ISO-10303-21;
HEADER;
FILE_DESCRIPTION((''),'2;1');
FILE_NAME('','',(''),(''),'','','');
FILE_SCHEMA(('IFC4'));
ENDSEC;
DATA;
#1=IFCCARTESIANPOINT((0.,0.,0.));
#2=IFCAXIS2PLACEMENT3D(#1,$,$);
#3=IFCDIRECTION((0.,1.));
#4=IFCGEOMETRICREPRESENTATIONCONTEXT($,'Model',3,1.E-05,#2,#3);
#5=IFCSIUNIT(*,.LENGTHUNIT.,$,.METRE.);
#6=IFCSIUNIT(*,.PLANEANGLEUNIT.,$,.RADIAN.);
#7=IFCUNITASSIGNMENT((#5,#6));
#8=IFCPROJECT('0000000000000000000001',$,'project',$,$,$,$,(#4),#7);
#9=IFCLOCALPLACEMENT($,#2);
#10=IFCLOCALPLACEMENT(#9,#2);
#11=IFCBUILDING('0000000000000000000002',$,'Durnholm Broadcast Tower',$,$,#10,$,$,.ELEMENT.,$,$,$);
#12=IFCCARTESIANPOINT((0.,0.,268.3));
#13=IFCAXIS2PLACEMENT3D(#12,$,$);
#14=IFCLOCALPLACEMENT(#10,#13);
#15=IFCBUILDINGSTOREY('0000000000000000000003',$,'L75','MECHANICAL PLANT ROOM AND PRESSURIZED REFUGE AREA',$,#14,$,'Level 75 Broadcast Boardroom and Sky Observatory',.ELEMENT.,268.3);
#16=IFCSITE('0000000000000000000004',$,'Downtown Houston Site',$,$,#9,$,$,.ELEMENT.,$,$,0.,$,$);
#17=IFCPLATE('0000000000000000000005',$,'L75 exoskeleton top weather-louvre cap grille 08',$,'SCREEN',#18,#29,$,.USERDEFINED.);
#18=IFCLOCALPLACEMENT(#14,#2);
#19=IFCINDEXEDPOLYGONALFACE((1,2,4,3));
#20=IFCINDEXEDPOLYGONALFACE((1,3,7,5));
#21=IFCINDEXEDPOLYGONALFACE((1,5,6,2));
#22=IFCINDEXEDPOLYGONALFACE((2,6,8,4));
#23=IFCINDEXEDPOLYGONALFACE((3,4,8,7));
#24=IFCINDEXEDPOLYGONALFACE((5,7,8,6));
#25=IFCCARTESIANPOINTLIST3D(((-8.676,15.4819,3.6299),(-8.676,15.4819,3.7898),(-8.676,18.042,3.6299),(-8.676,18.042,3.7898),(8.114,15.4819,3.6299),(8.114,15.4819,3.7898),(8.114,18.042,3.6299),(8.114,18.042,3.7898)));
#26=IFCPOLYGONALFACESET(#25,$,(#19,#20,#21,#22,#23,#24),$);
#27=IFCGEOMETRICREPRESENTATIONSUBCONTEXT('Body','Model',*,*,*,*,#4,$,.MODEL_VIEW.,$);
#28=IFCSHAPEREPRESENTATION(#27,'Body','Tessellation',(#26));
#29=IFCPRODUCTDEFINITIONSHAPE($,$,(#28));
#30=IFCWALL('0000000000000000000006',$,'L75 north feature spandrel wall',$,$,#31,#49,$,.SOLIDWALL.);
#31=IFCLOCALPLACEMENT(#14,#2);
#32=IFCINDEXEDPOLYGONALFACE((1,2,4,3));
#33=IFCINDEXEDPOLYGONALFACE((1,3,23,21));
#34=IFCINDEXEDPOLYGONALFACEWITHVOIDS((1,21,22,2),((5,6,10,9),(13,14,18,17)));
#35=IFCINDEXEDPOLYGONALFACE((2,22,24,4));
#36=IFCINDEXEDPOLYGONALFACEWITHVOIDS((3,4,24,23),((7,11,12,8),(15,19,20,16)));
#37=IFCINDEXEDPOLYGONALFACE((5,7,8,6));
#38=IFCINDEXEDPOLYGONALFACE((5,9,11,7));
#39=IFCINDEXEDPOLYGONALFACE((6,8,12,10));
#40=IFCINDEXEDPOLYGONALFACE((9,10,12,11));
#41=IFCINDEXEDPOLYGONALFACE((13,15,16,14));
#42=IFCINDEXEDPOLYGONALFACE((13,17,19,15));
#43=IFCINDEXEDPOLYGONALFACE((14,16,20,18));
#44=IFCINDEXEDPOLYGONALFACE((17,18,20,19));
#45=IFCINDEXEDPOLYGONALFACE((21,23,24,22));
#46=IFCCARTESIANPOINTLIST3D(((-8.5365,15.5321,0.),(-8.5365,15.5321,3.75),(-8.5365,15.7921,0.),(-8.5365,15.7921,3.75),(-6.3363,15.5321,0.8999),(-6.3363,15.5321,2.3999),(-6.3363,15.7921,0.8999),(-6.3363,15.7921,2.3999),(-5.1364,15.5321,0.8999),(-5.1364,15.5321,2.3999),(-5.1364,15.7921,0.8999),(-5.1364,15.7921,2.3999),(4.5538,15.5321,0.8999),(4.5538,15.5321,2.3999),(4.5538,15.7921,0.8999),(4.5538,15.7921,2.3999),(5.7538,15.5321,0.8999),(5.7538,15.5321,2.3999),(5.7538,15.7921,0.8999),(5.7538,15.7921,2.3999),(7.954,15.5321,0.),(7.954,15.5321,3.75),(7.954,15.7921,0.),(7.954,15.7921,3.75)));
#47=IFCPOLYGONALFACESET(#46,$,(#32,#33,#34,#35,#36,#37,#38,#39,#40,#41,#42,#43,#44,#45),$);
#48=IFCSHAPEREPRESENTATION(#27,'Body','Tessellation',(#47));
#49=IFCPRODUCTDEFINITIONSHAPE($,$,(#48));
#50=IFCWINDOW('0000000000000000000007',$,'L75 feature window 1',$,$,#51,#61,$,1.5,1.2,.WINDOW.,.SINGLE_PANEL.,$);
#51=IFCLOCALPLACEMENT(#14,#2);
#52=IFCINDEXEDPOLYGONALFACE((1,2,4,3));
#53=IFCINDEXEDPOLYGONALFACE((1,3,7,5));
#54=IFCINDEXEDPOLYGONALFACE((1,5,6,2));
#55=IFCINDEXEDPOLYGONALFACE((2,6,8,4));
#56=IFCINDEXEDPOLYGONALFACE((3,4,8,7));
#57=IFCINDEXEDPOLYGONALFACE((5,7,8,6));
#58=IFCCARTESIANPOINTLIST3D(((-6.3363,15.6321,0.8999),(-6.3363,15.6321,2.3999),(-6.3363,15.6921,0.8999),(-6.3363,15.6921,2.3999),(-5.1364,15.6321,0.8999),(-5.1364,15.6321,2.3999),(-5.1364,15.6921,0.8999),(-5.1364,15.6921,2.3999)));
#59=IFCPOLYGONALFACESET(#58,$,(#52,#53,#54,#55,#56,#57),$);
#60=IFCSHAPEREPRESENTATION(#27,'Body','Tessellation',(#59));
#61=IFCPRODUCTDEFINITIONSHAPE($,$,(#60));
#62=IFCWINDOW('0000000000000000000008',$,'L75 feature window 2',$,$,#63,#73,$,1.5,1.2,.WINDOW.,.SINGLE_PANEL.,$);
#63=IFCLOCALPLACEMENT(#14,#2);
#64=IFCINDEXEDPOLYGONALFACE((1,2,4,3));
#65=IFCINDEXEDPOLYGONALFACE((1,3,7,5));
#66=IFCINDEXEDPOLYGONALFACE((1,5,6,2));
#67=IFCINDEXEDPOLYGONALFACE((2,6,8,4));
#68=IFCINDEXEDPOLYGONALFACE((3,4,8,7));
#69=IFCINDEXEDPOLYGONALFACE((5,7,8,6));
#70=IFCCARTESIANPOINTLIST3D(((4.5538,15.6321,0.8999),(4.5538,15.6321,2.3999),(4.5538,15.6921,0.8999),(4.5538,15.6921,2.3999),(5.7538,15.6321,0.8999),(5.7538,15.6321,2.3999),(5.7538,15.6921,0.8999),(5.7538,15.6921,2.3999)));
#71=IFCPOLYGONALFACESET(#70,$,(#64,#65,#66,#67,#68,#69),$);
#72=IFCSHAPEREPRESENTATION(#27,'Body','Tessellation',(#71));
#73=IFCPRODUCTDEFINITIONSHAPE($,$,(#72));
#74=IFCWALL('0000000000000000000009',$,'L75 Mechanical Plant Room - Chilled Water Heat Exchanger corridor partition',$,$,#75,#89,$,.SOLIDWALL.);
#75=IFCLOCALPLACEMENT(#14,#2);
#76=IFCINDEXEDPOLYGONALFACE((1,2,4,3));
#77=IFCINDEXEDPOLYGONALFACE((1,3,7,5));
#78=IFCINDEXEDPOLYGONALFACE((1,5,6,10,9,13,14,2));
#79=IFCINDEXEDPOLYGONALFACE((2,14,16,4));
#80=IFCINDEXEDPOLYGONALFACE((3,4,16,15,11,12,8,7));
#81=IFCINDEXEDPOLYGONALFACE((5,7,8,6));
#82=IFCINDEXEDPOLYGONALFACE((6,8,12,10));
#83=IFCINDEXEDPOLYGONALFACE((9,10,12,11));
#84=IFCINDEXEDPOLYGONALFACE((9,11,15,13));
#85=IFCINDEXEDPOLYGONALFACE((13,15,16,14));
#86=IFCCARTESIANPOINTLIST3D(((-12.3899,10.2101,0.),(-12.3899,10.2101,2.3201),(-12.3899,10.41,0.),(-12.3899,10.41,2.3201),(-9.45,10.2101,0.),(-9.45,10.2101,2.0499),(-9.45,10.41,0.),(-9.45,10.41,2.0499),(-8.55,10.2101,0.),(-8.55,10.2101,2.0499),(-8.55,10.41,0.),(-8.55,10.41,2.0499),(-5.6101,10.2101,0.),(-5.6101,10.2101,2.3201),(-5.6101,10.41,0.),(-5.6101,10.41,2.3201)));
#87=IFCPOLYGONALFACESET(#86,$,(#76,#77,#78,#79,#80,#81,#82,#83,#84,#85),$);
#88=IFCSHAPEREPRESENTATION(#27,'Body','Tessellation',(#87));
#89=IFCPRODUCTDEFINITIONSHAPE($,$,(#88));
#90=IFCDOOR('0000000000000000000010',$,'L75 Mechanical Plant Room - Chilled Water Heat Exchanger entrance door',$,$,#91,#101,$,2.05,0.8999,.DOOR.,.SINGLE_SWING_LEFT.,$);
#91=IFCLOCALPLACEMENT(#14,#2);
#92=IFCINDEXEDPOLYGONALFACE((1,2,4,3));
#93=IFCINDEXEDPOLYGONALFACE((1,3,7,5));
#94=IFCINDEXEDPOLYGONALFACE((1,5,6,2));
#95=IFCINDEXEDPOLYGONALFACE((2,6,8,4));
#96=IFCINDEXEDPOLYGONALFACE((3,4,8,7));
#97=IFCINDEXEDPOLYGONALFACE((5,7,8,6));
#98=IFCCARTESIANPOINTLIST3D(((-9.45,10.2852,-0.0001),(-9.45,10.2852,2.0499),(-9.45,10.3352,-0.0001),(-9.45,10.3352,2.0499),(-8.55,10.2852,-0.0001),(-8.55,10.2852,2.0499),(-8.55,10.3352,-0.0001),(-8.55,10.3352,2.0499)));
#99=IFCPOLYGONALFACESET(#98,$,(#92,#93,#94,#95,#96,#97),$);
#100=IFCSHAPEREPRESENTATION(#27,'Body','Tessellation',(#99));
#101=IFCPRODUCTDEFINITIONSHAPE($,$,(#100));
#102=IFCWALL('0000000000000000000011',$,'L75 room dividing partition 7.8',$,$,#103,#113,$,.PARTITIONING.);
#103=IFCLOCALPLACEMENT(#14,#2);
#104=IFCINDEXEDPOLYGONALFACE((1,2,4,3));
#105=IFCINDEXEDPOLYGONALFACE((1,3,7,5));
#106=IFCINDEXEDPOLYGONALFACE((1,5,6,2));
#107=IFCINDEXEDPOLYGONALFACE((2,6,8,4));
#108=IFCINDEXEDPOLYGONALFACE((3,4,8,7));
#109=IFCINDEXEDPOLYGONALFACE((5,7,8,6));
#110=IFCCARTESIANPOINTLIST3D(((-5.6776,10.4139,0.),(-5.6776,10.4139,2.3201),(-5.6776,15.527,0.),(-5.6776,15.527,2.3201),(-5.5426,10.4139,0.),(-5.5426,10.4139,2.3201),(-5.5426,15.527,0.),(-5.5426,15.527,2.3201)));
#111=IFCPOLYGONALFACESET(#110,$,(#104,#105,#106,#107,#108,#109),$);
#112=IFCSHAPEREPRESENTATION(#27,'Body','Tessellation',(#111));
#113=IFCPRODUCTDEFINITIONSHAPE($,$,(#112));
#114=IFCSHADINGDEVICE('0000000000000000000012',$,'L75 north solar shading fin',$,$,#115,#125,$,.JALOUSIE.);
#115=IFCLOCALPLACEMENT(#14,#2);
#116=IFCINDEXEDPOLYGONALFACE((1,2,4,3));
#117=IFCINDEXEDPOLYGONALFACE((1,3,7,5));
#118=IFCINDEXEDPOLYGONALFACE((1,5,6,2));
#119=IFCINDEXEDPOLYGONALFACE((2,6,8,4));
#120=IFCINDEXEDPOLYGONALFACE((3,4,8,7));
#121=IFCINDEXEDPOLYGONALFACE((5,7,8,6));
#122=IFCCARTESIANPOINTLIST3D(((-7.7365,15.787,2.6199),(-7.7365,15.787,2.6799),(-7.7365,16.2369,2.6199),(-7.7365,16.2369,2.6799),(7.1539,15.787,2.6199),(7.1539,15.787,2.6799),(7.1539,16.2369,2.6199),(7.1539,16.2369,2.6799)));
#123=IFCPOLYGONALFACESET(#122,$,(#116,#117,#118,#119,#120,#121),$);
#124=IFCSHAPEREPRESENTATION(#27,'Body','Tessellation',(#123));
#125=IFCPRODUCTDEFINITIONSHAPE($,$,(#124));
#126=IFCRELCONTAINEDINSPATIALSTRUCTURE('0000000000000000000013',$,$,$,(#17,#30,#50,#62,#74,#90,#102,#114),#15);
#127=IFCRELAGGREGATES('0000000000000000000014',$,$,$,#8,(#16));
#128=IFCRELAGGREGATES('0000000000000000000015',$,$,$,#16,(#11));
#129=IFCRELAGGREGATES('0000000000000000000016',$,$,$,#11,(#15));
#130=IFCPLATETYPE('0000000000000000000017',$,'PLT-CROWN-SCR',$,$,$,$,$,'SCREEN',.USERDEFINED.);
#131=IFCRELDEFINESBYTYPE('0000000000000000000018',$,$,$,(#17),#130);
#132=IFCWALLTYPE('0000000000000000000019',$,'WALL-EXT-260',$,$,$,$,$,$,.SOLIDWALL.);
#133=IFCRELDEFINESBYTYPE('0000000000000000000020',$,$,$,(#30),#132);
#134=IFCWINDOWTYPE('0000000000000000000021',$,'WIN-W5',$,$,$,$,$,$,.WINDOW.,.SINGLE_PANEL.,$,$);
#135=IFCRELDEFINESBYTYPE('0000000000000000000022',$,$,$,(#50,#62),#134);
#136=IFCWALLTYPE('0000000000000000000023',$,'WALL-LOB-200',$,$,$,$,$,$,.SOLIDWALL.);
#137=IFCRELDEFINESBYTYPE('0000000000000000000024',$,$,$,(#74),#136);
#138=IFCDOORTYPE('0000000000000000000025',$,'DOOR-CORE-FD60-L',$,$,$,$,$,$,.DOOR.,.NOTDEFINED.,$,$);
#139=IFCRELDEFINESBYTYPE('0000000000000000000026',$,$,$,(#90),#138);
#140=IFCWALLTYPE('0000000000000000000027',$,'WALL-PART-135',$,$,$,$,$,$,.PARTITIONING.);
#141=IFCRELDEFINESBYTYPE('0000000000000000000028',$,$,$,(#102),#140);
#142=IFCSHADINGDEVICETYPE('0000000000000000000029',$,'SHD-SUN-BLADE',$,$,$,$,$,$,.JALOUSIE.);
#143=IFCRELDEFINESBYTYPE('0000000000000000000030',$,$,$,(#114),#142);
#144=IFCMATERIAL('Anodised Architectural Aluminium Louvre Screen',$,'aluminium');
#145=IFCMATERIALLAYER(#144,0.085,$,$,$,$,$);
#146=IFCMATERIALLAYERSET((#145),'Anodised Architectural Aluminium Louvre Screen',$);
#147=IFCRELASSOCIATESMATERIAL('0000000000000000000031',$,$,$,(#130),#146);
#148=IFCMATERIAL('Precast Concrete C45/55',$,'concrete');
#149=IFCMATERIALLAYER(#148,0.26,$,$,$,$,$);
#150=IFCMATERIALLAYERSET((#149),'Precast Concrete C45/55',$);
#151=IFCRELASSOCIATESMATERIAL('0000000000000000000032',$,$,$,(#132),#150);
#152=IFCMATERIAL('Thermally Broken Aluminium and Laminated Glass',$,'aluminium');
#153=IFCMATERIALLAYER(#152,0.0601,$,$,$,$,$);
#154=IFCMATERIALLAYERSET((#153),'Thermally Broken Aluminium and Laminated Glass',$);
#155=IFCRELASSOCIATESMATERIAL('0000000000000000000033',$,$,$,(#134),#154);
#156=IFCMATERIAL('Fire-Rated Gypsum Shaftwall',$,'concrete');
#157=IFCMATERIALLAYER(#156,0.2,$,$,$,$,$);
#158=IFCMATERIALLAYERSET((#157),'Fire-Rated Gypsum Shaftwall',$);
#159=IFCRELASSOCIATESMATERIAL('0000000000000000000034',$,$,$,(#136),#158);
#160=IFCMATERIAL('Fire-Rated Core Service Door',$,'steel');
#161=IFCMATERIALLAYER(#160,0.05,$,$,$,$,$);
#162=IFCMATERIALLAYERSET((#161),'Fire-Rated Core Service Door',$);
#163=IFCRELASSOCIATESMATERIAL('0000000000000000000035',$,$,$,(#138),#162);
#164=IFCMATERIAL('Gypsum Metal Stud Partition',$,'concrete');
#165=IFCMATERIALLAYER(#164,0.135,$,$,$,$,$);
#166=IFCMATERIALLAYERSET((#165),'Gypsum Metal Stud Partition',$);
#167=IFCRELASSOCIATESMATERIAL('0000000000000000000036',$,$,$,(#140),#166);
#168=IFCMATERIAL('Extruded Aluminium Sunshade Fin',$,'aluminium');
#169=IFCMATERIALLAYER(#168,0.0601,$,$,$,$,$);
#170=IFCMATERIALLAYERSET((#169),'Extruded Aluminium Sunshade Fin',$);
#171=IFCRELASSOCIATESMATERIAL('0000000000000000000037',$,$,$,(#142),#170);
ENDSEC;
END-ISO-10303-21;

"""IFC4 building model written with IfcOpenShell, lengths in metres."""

from ifc_helpers import new_model, si_unit, direction, frame, frame_2d, origin, origin_2d, place, context, subcontext, project, spatial, rectangle, extrude, source, transform, mapped, material, layer, layer_set, type_object, type_shapes, element, fill, save


model = new_model("IFC4")

# Units and contexts
model_context = context("Model", 3, precision=1e-05, world=origin(), true_north=direction((0.0, 1.0)))
body_context = subcontext(model_context, "Body", "Model", "MODEL_VIEW")
ifc_project = project(units=[si_unit("LENGTHUNIT", "METRE"), si_unit("PLANEANGLEUNIT", "RADIAN")], contexts=[model_context])

# Site, building, storey
site_placement = place(None, origin())
site = spatial("IfcSite", under=ifc_project, at=site_placement, Name="Downtown Houston Site", CompositionType="ELEMENT", RefElevation=0.0)
building_placement = place(site_placement, origin())
building = spatial("IfcBuilding", under=site, at=building_placement, Name="Durnholm Broadcast Tower", CompositionType="ELEMENT")
storey_placement = place(building_placement, frame((0.0, 0.0, 268.3)))
storey = spatial("IfcBuildingStorey", under=building, at=storey_placement, Name="L75", Description="MECHANICAL PLANT ROOM AND PRESSURIZED REFUGE AREA", LongName="Level 75 Broadcast Boardroom and Sky Observatory", CompositionType="ELEMENT", Elevation=268.3)

# Plate
ifc_material_1 = material(Name="Anodised Architectural Aluminium Louvre Screen", Category="aluminium")
ifc_layer_1 = layer(ifc_material_1, 0.085)
ifc_layer_set_1 = layer_set([ifc_layer_1], Name="Anodised Architectural Aluminium Louvre Screen")
plate_type_1 = type_object("IfcPlateType", Name="PLT-CROWN-SCR", ElementType="SCREEN", PredefinedType="USERDEFINED", material=ifc_layer_set_1)
shared_shape_1 = source(origin(), body_context, "Body", "SweptSolid", [
    extrude(rectangle(XDim=16.79, YDim=2.5601, at=origin_2d()), origin(), (0.0, 0.0, 1.0), 0.1599),
])
type_shapes(plate_type_1, [shared_shape_1])
plate_1_placement = place(storey_placement, frame((-0.281, 16.762, 3.6299), z_axis=(0.0, 0.0, 1.0), x_axis=(-1.0, 0.0, 0.0)))
element("IfcPlate", 1, at=plate_1_placement, inside=storey, type_object=plate_type_1, Name="L75 exoskeleton top weather-louvre cap grille 08", ObjectType="SCREEN", PredefinedType="USERDEFINED", context=body_context, shape_type="MappedRepresentation", body=[
    mapped(shared_shape_1, transform((0.0, 0.0, 0.0), x_axis=(1.0, 0.0, 0.0), y_axis=(0.0, 1.0, 0.0), z_axis=(0.0, 0.0, 1.0), scale=1.0)),
])

# Wall, openings, windows
ifc_material_2 = material(Name="Precast Concrete C45/55", Category="concrete")
ifc_layer_2 = layer(ifc_material_2, 0.26)
ifc_layer_set_2 = layer_set([ifc_layer_2], Name="Precast Concrete C45/55")
wall_type_1 = type_object("IfcWallType", Name="WALL-EXT-260", PredefinedType="SOLIDWALL", material=ifc_layer_set_2)
wall_1_placement = place(storey_placement, frame((-8.5364, 15.6621, 0.0), z_axis=(0.0, 0.0, 1.0), x_axis=(1.0, 0.0, 0.0)))
wall_1 = element("IfcWall", 2, at=wall_1_placement, inside=storey, type_object=wall_type_1, Name="L75 north feature spandrel wall", PredefinedType="SOLIDWALL", context=body_context, shape_type="SweptSolid", body=[
    extrude(rectangle(XDim=16.4905, YDim=0.26, at=frame_2d((8.2451, 0.0))), origin(), (0.0, 0.0, 1.0), 3.75),
])
opening_1_placement = place(wall_1_placement, frame((2.2, 0.0, 0.8999)))
opening_1 = element("IfcOpeningElement", 3, at=opening_1_placement, cuts=wall_1, PredefinedType="OPENING", context=body_context, shape_type="SweptSolid", body=[
    extrude(rectangle(XDim=1.2, YDim=1.5, at=frame_2d((0.6001, 0.75))), frame((0.0, 0.1401, 0.0), z_axis=(0.0, -1.0, 0.0), x_axis=(1.0, 0.0, 0.0)), (0.0, 0.0, 1.0), 0.28),
])
opening_2_placement = place(wall_1_placement, frame((13.0901, 0.0, 0.8999)))
opening_2 = element("IfcOpeningElement", 4, at=opening_2_placement, cuts=wall_1, PredefinedType="OPENING", context=body_context, shape_type="SweptSolid", body=[
    extrude(rectangle(XDim=1.2, YDim=1.5, at=frame_2d((0.6001, 0.75))), frame((0.0, 0.1401, 0.0), z_axis=(0.0, -1.0, 0.0), x_axis=(1.0, 0.0, 0.0)), (0.0, 0.0, 1.0), 0.28),
])
ifc_material_3 = material(Name="Thermally Broken Aluminium and Laminated Glass", Category="aluminium")
ifc_layer_3 = layer(ifc_material_3, 0.0601)
ifc_layer_set_3 = layer_set([ifc_layer_3], Name="Thermally Broken Aluminium and Laminated Glass")
window_type = type_object("IfcWindowType", Name="WIN-W5", PartitioningType="SINGLE_PANEL", PredefinedType="WINDOW", material=ifc_layer_set_3)
shared_shape_2 = source(origin(), body_context, "Body", "SweptSolid", [
    extrude(rectangle(XDim=1.2, YDim=1.5, at=frame_2d((0.6001, 0.75))), frame((0.0, 0.03, 0.0), z_axis=(0.0, -1.0, 0.0), x_axis=(1.0, 0.0, 0.0)), (0.0, 0.0, 1.0), 0.0601),
])
type_shapes(window_type, [shared_shape_2])
window_1_placement = place(opening_1_placement, origin())
window_1 = element("IfcWindow", 5, at=window_1_placement, inside=storey, type_object=window_type, Name="L75 feature window 1", OverallHeight=1.5, OverallWidth=1.2, PartitioningType="SINGLE_PANEL", PredefinedType="WINDOW", context=body_context, shape_type="MappedRepresentation", body=[
    mapped(shared_shape_2, transform((0.0, 0.0, 0.0), x_axis=(1.0, 0.0, 0.0), y_axis=(0.0, 1.0, 0.0), z_axis=(0.0, 0.0, 1.0), scale=1.0)),
])
fill(opening_1, window_1)
window_2_placement = place(opening_2_placement, origin())
window_2 = element("IfcWindow", 6, at=window_2_placement, inside=storey, type_object=window_type, Name="L75 feature window 2", OverallHeight=1.5, OverallWidth=1.2, PartitioningType="SINGLE_PANEL", PredefinedType="WINDOW", context=body_context, shape_type="MappedRepresentation", body=[
    mapped(shared_shape_2, transform((0.0, 0.0, 0.0), x_axis=(1.0, 0.0, 0.0), y_axis=(0.0, 1.0, 0.0), z_axis=(0.0, 0.0, 1.0), scale=1.0)),
])
fill(opening_2, window_2)

# Wall, opening, door
ifc_material_4 = material(Name="Fire-Rated Gypsum Shaftwall", Category="concrete")
ifc_layer_4 = layer(ifc_material_4, 0.2)
ifc_layer_set_4 = layer_set([ifc_layer_4], Name="Fire-Rated Gypsum Shaftwall")
wall_type_2 = type_object("IfcWallType", Name="WALL-LOB-200", PredefinedType="SOLIDWALL", material=ifc_layer_set_4)
wall_2_placement = place(storey_placement, frame((-5.6101, 10.3101, 0.0), z_axis=(0.0, 0.0, 1.0), x_axis=(-1.0, 0.0, 0.0)))
wall_2 = element("IfcWall", 7, at=wall_2_placement, inside=storey, type_object=wall_type_2, Name="L75 Mechanical Plant Room - Chilled Water Heat Exchanger corridor partition", PredefinedType="SOLIDWALL", context=body_context, shape_type="SweptSolid", body=[
    extrude(rectangle(XDim=6.7798, YDim=0.2, at=frame_2d((3.3899, 0.0))), origin(), (0.0, 0.0, 1.0), 2.3201),
])
opening_3_placement = place(wall_2_placement, frame((2.9399, 0.0, 0.0)))
opening_3 = element("IfcOpeningElement", 8, at=opening_3_placement, cuts=wall_2, PredefinedType="OPENING", context=body_context, shape_type="SweptSolid", body=[
    extrude(rectangle(XDim=0.8999, YDim=2.05, at=frame_2d((0.45, 1.0249))), frame((0.0, 0.1099, 0.0), z_axis=(0.0, -1.0, 0.0), x_axis=(1.0, 0.0, 0.0)), (0.0, 0.0, 1.0), 0.22),
])
ifc_material_5 = material(Name="Fire-Rated Core Service Door", Category="steel")
ifc_layer_5 = layer(ifc_material_5, 0.05)
ifc_layer_set_5 = layer_set([ifc_layer_5], Name="Fire-Rated Core Service Door")
door_type = type_object("IfcDoorType", Name="DOOR-CORE-FD60-L", OperationType="NOTDEFINED", PredefinedType="DOOR", material=ifc_layer_set_5)
shared_shape_3 = source(origin(), body_context, "Body", "SweptSolid", [
    extrude(rectangle(XDim=0.8999, YDim=2.05, at=frame_2d((0.45, 1.0249))), frame((0.0, 0.0249, 0.0), z_axis=(0.0, -1.0, 0.0), x_axis=(1.0, 0.0, 0.0)), (0.0, 0.0, 1.0), 0.05),
])
type_shapes(door_type, [shared_shape_3])
door_placement = place(opening_3_placement, origin())
door = element("IfcDoor", 9, at=door_placement, inside=storey, type_object=door_type, Name="L75 Mechanical Plant Room - Chilled Water Heat Exchanger entrance door", OperationType="SINGLE_SWING_LEFT", OverallHeight=2.05, OverallWidth=0.8999, PredefinedType="DOOR", context=body_context, shape_type="MappedRepresentation", body=[
    mapped(shared_shape_3, transform((0.0, 0.0, 0.0), x_axis=(1.0, 0.0, 0.0), y_axis=(0.0, 1.0, 0.0), z_axis=(0.0, 0.0, 1.0), scale=1.0)),
])
fill(opening_3, door)

# Wall
ifc_material_6 = material(Name="Gypsum Metal Stud Partition", Category="concrete")
ifc_layer_6 = layer(ifc_material_6, 0.135)
ifc_layer_set_6 = layer_set([ifc_layer_6], Name="Gypsum Metal Stud Partition")
wall_type_3 = type_object("IfcWallType", Name="WALL-PART-135", PredefinedType="PARTITIONING", material=ifc_layer_set_6)
wall_3_placement = place(storey_placement, frame((-5.6101, 15.5271, 0.0), z_axis=(0.0, 0.0, 1.0), x_axis=(0.0, -1.0, 0.0)))
element("IfcWall", 10, at=wall_3_placement, inside=storey, type_object=wall_type_3, Name="L75 room dividing partition 7.8", PredefinedType="PARTITIONING", context=body_context, shape_type="SweptSolid", body=[
    extrude(rectangle(XDim=5.113, YDim=0.135, at=frame_2d((2.5566, 0.0))), origin(), (0.0, 0.0, 1.0), 2.3201),
])

# Shading device
ifc_material_7 = material(Name="Extruded Aluminium Sunshade Fin", Category="aluminium")
ifc_layer_7 = layer(ifc_material_7, 0.0601)
ifc_layer_set_7 = layer_set([ifc_layer_7], Name="Extruded Aluminium Sunshade Fin")
shading_device_type = type_object("IfcShadingDeviceType", Name="SHD-SUN-BLADE", PredefinedType="JALOUSIE", material=ifc_layer_set_7)
shared_shape_4 = source(origin(), body_context, "Body", "SweptSolid", [
    extrude(rectangle(XDim=14.8904, YDim=0.45, at=origin_2d()), origin(), (0.0, 0.0, 1.0), 0.0601),
])
type_shapes(shading_device_type, [shared_shape_4])
shading_device_placement = place(storey_placement, frame((-0.2913, 16.012, 2.6199), z_axis=(0.0, 0.0, 1.0), x_axis=(1.0, 0.0, 0.0)))
element("IfcShadingDevice", 11, at=shading_device_placement, inside=storey, type_object=shading_device_type, Name="L75 north solar shading fin", PredefinedType="JALOUSIE", context=body_context, shape_type="MappedRepresentation", body=[
    mapped(shared_shape_4, transform((0.0, 0.0, 0.0), x_axis=(1.0, 0.0, 0.0), y_axis=(0.0, 1.0, 0.0), z_axis=(0.0, 0.0, 1.0), scale=1.0)),
])

save(model, "model.ifc")
